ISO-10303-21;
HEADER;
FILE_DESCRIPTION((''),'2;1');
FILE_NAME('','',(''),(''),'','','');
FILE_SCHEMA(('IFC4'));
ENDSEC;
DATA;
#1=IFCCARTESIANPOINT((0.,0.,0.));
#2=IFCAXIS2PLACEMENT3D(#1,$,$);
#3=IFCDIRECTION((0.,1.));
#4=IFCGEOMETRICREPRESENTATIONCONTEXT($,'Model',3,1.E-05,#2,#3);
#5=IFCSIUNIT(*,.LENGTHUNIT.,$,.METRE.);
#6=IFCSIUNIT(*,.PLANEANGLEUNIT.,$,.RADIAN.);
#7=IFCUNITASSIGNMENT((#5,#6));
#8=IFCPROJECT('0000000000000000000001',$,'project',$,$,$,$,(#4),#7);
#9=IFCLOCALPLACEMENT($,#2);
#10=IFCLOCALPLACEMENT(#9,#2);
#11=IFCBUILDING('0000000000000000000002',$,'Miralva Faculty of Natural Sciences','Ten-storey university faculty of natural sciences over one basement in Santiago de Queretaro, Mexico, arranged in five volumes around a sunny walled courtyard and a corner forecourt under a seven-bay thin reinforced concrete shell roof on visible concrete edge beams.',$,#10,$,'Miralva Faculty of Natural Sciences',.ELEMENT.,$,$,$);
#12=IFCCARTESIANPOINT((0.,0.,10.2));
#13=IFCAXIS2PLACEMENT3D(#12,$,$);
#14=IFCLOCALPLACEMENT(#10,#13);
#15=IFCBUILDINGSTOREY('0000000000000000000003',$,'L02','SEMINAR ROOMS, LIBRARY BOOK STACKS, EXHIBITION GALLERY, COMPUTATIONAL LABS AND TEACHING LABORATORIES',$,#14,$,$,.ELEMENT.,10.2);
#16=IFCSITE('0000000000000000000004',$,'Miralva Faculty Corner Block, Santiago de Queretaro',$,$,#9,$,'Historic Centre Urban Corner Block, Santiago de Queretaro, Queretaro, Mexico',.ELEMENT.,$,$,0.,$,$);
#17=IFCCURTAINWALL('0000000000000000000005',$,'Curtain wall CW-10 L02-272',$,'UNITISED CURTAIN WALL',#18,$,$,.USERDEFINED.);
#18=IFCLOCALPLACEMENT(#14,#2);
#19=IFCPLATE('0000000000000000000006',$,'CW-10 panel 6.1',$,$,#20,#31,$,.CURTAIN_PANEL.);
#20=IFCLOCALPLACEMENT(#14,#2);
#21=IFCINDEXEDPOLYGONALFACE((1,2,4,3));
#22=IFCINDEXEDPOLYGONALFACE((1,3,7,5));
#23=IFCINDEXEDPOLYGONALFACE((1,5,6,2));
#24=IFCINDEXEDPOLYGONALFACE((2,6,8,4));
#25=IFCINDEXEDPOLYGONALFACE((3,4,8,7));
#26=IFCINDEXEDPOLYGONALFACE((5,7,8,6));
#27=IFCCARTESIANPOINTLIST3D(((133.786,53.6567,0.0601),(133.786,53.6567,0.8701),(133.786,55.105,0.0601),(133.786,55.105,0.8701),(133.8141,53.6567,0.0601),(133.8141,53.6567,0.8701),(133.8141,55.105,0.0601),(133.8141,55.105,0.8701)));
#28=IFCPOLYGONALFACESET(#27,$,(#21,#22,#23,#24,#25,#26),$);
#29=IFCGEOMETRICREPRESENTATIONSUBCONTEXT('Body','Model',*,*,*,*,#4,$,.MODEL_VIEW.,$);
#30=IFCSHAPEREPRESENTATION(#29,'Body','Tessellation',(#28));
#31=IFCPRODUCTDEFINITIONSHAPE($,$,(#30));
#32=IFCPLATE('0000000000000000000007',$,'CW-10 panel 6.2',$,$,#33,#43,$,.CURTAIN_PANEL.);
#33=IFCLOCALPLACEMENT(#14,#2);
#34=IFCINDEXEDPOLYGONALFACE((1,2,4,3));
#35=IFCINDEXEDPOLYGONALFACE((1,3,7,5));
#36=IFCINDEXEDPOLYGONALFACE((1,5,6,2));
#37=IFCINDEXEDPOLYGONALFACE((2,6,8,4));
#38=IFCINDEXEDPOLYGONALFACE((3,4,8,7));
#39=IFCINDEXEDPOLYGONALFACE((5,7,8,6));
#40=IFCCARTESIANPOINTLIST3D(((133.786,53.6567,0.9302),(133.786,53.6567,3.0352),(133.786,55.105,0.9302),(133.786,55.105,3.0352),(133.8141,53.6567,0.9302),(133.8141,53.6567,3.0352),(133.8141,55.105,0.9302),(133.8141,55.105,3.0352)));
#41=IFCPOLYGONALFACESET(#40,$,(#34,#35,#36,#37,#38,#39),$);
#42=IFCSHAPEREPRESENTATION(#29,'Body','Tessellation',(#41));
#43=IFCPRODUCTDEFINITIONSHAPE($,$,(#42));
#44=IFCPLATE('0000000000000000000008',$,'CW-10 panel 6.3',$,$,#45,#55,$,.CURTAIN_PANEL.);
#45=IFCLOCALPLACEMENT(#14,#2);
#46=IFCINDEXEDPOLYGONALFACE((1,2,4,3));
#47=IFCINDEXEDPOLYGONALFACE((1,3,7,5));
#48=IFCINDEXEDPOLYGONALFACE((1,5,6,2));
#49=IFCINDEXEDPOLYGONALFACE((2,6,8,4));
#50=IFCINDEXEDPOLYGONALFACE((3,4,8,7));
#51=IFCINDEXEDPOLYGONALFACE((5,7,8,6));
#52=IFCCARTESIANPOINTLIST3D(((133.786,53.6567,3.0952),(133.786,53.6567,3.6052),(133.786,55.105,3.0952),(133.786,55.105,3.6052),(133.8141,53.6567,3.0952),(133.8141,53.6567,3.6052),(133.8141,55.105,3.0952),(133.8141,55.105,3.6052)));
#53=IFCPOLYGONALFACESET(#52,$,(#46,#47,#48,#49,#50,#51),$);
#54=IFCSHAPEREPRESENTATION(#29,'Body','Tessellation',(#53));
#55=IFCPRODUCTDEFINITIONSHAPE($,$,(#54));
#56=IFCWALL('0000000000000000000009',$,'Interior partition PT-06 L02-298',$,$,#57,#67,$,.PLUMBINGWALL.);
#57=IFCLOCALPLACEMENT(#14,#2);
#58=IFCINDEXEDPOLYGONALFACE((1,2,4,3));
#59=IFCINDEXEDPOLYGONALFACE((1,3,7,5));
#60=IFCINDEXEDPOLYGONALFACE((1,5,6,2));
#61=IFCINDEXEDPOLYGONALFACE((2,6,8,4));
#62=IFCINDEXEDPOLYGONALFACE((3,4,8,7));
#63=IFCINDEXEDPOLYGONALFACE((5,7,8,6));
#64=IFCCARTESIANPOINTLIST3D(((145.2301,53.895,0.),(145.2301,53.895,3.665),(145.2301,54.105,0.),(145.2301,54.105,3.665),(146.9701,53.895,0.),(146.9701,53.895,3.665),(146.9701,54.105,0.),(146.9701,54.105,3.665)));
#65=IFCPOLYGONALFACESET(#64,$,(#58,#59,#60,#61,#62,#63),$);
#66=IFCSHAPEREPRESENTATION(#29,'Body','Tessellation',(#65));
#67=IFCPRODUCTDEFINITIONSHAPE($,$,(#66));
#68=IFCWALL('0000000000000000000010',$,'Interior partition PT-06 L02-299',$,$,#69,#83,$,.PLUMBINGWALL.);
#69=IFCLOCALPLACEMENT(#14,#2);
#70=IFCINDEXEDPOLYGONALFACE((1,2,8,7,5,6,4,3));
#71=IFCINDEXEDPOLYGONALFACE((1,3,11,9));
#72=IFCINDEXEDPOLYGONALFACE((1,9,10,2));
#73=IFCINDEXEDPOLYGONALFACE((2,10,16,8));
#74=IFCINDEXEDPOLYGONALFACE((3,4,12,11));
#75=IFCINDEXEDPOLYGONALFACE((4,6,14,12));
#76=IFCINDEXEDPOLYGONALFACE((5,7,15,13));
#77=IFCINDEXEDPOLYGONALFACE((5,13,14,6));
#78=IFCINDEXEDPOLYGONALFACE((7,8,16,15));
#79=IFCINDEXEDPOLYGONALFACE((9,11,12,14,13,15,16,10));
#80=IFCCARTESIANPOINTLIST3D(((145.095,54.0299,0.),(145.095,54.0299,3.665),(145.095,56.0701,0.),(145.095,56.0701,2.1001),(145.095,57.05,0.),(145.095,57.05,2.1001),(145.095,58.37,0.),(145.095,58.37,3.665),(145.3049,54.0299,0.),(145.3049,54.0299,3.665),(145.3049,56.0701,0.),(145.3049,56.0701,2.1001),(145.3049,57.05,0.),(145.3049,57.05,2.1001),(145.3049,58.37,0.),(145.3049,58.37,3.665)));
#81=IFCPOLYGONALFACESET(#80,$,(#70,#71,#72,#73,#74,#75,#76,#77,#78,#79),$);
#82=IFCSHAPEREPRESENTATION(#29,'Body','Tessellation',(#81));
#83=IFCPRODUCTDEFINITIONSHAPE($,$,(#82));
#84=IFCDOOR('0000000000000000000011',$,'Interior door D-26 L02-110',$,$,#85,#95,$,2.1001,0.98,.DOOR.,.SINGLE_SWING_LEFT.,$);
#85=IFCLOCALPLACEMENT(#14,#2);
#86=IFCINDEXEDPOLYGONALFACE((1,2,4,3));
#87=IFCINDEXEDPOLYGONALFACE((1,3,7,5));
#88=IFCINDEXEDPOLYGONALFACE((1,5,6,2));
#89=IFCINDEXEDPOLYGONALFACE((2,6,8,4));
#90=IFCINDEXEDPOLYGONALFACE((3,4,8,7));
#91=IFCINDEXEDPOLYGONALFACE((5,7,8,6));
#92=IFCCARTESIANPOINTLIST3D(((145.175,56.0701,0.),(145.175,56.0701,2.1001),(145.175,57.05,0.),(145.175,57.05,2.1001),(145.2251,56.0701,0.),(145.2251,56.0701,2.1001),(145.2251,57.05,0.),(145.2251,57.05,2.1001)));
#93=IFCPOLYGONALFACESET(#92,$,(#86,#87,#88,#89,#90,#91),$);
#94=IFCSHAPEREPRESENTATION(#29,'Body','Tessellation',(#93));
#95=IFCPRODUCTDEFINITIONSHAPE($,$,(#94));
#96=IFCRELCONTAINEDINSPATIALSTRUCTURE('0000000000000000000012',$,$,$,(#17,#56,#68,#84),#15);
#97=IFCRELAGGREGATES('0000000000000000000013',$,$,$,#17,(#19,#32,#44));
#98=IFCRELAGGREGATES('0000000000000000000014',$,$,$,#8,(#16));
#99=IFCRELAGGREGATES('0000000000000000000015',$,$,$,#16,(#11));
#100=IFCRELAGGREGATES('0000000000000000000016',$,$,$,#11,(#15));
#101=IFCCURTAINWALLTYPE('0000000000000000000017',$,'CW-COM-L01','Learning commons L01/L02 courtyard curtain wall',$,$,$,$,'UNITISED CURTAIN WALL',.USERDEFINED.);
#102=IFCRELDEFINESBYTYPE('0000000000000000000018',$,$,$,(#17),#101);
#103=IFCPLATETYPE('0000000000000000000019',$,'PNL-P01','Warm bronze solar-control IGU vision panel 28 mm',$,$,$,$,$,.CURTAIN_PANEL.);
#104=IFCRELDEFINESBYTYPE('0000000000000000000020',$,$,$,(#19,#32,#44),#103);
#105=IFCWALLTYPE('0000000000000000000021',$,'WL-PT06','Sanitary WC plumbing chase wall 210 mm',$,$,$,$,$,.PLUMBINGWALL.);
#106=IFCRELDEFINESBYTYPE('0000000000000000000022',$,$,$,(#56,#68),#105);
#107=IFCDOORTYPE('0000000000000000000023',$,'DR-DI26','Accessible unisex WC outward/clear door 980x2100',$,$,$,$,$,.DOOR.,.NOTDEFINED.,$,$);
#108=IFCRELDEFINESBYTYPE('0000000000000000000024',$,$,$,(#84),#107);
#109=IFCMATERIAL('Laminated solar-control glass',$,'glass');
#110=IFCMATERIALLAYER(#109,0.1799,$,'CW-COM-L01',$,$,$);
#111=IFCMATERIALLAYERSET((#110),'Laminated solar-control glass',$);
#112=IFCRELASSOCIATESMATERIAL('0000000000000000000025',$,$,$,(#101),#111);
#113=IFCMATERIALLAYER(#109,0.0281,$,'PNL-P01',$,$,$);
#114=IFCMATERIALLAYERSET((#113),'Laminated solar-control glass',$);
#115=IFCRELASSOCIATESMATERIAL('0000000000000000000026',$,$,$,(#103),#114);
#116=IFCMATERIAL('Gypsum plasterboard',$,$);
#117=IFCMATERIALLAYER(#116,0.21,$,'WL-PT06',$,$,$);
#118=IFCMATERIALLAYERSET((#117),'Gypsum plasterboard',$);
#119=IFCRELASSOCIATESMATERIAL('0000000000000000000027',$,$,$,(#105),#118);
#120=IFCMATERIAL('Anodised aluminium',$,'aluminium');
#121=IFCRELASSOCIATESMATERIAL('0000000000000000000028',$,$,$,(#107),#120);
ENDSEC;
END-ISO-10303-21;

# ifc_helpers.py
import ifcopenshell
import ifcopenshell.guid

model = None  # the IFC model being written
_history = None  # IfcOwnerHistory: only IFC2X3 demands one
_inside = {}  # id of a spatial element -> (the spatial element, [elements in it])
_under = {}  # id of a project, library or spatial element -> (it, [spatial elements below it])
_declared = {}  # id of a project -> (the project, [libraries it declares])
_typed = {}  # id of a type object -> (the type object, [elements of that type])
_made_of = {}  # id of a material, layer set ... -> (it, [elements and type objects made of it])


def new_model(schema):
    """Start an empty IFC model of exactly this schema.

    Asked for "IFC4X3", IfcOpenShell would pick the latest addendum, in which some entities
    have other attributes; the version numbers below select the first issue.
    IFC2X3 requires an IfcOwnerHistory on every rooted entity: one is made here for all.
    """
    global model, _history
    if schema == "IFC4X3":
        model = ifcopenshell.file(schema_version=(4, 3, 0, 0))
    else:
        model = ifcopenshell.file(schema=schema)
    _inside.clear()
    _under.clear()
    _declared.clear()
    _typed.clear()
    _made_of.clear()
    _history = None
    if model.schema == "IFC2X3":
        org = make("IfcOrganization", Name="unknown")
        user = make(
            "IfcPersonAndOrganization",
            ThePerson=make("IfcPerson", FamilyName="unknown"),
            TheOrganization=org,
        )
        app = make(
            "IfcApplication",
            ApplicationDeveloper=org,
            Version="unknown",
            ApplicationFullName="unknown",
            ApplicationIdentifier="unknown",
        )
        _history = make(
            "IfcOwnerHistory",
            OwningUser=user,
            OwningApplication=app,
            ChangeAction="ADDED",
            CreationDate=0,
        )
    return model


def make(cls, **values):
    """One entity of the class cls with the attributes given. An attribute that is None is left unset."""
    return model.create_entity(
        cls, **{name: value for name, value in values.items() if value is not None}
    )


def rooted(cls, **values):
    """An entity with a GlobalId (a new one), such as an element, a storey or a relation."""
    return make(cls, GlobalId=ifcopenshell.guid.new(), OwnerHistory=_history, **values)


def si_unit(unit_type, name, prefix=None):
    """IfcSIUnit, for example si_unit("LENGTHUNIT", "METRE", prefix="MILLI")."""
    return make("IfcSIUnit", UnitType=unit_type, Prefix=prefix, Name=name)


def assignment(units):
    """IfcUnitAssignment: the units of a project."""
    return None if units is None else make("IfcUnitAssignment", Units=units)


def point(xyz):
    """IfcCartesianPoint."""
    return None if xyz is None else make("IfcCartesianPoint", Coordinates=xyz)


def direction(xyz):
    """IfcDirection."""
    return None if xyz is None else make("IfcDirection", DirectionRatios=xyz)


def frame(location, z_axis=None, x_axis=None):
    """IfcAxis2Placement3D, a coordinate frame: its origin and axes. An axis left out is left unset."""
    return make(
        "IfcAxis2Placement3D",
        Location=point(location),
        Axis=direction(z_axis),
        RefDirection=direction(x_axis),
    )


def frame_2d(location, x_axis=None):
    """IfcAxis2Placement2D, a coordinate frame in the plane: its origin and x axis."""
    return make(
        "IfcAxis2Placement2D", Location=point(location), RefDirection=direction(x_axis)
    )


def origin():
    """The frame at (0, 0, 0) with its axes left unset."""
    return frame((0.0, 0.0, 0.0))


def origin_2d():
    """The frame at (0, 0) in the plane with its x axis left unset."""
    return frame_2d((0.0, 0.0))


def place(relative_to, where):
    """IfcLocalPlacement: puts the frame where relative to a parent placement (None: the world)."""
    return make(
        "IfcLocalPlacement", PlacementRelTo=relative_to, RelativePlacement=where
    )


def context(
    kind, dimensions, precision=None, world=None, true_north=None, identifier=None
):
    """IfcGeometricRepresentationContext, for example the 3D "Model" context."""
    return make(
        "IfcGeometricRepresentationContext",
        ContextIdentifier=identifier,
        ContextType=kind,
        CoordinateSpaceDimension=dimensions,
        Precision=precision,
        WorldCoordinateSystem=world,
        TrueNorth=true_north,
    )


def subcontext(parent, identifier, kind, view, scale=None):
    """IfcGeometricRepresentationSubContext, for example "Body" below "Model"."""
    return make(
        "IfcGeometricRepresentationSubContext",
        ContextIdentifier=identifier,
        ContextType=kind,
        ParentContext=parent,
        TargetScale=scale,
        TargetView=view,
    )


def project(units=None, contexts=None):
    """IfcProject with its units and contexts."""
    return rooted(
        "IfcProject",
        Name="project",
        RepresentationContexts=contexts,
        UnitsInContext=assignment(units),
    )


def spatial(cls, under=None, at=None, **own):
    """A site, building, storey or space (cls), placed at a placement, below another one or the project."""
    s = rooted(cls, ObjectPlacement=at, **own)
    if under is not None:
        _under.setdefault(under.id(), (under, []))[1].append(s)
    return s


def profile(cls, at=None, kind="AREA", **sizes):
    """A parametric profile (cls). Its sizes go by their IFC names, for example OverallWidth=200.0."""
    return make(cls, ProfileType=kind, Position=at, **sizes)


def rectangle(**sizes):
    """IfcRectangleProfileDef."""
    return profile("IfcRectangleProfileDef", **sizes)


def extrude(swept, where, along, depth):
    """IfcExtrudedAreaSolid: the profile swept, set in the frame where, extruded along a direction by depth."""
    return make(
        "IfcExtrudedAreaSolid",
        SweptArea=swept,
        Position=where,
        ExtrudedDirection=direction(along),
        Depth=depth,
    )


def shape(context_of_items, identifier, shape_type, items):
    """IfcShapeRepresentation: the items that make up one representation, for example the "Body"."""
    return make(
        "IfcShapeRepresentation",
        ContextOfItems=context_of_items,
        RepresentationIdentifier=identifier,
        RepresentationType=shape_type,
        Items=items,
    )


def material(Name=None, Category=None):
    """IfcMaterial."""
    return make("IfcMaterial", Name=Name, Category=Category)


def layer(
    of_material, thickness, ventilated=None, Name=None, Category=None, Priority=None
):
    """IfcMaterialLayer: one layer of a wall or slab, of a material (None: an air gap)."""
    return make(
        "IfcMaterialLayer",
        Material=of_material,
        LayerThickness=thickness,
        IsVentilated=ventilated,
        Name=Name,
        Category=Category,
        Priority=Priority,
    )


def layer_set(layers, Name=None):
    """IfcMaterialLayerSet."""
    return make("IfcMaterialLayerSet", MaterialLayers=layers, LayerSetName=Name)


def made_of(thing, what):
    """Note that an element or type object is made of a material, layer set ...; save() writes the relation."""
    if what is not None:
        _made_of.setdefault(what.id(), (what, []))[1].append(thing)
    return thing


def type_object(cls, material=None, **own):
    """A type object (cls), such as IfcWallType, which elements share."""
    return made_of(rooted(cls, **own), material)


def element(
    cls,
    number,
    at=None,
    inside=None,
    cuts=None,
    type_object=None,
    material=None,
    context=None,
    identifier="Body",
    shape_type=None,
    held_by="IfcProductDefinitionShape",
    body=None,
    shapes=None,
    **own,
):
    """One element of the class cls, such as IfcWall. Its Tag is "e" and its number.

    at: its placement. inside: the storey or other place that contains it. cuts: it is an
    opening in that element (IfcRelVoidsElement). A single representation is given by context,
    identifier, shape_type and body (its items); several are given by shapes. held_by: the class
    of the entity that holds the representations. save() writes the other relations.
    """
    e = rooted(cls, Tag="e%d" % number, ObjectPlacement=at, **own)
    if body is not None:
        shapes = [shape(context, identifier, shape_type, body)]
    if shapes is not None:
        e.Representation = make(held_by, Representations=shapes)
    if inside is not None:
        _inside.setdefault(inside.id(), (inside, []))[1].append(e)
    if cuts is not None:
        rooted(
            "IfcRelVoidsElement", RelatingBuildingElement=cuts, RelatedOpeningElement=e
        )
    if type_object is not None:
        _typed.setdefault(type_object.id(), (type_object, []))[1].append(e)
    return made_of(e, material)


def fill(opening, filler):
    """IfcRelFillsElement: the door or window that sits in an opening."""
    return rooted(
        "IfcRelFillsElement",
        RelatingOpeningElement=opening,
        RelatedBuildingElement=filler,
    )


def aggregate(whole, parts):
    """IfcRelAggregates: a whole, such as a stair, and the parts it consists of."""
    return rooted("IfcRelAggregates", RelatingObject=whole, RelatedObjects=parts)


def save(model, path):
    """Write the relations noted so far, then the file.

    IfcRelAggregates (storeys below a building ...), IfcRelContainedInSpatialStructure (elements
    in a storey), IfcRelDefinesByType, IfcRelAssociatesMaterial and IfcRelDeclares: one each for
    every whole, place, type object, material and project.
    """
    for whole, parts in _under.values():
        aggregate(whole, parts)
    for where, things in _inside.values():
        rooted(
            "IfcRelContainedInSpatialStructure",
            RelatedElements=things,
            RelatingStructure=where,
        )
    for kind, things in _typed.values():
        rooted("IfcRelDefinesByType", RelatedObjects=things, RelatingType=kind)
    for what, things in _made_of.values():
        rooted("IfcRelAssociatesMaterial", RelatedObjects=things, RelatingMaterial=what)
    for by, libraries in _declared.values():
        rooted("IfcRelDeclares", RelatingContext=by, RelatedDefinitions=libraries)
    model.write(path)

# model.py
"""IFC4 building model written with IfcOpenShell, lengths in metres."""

from ifc_helpers import new_model, si_unit, direction, frame, frame_2d, origin, origin_2d, place, context, subcontext, project, spatial, rectangle, extrude, material, layer, layer_set, type_object, element, fill, aggregate, save


model = new_model("IFC4")

# Units and contexts
model_context = context("Model", 3, precision=1e-05, world=origin(), true_north=direction((0.0, 1.0)))
body_context = subcontext(model_context, "Body", "Model", "MODEL_VIEW")
ifc_project = project(units=[si_unit("LENGTHUNIT", "METRE"), si_unit("PLANEANGLEUNIT", "RADIAN")], contexts=[model_context])

# Site, building, storey
site_placement = place(None, origin())
site = spatial("IfcSite", under=ifc_project, at=site_placement, Name="Miralva Faculty Corner Block, Santiago de Queretaro", LongName="Historic Centre Urban Corner Block, Santiago de Queretaro, Queretaro, Mexico", CompositionType="ELEMENT", RefElevation=0.0)
building_placement = place(site_placement, origin())
building = spatial("IfcBuilding", under=site, at=building_placement, Name="Miralva Faculty of Natural Sciences", Description="Ten-storey university faculty of natural sciences over one basement in Santiago de Queretaro, Mexico, arranged in five volumes around a sunny walled courtyard and a corner forecourt under a seven-bay thin reinforced concrete shell roof on visible concrete edge beams.", LongName="Miralva Faculty of Natural Sciences", CompositionType="ELEMENT")
storey_placement = place(building_placement, frame((0.0, 0.0, 10.2)))
storey = spatial("IfcBuildingStorey", under=building, at=storey_placement, Name="L02", Description="SEMINAR ROOMS, LIBRARY BOOK STACKS, EXHIBITION GALLERY, COMPUTATIONAL LABS AND TEACHING LABORATORIES", CompositionType="ELEMENT", Elevation=10.2)

# Curtain wall, plates
ifc_material_1 = material(Name="Laminated solar-control glass", Category="glass")
ifc_layer_1 = layer(ifc_material_1, 0.1799, Name="CW-COM-L01")
ifc_layer_set_1 = layer_set([ifc_layer_1], Name="Laminated solar-control glass")
curtain_wall_type = type_object("IfcCurtainWallType", Name="CW-COM-L01", Description="Learning commons L01/L02 courtyard curtain wall", ElementType="UNITISED CURTAIN WALL", PredefinedType="USERDEFINED", material=ifc_layer_set_1)
curtain_wall_placement = place(storey_placement, origin())
curtain_wall = element("IfcCurtainWall", 1, at=curtain_wall_placement, inside=storey, type_object=curtain_wall_type, Name="Curtain wall CW-10 L02-272", ObjectType="UNITISED CURTAIN WALL", PredefinedType="USERDEFINED")
ifc_material_2 = material(Name="Anodised aluminium", Category="aluminium")
ifc_layer_2 = layer(ifc_material_1, 0.0281, Name="PNL-P01")
ifc_layer_set_2 = layer_set([ifc_layer_2], Name="Laminated solar-control glass")
plate_type = type_object("IfcPlateType", Name="PNL-P01", Description="Warm bronze solar-control IGU vision panel 28 mm", PredefinedType="CURTAIN_PANEL", material=ifc_layer_set_2)
plate_1_placement = place(storey_placement, frame((133.8, 54.3809, 0.0601), z_axis=(0.0, 0.0, 1.0), x_axis=(0.0, 1.0, 0.0)))
plate_1 = element("IfcPlate", 2, at=plate_1_placement, type_object=plate_type, Name="CW-10 panel 6.1", PredefinedType="CURTAIN_PANEL", context=body_context, shape_type="SweptSolid", body=[
    extrude(rectangle(XDim=1.4482, YDim=0.0281, at=origin_2d()), origin(), (0.0, 0.0, 1.0), 0.8101),
])
plate_2_placement = place(storey_placement, frame((133.8, 54.3809, 0.9302), z_axis=(0.0, 0.0, 1.0), x_axis=(0.0, 1.0, 0.0)))
plate_2 = element("IfcPlate", 3, at=plate_2_placement, type_object=plate_type, Name="CW-10 panel 6.2", PredefinedType="CURTAIN_PANEL", context=body_context, shape_type="SweptSolid", body=[
    extrude(rectangle(XDim=1.4482, YDim=0.0281, at=origin_2d()), origin(), (0.0, 0.0, 1.0), 2.105),
])
plate_3_placement = place(storey_placement, frame((133.8, 54.3809, 3.0952), z_axis=(0.0, 0.0, 1.0), x_axis=(0.0, 1.0, 0.0)))
plate_3 = element("IfcPlate", 4, at=plate_3_placement, type_object=plate_type, Name="CW-10 panel 6.3", PredefinedType="CURTAIN_PANEL", context=body_context, shape_type="SweptSolid", body=[
    extrude(rectangle(XDim=1.4482, YDim=0.0281, at=origin_2d()), origin(), (0.0, 0.0, 1.0), 0.51),
])
aggregate(curtain_wall, [plate_1, plate_2, plate_3])

# Wall
ifc_material_3 = material(Name="Gypsum plasterboard")
ifc_layer_3 = layer(ifc_material_3, 0.21, Name="WL-PT06")
ifc_layer_set_3 = layer_set([ifc_layer_3], Name="Gypsum plasterboard")
wall_type = type_object("IfcWallType", Name="WL-PT06", Description="Sanitary WC plumbing chase wall 210 mm", PredefinedType="PLUMBINGWALL", material=ifc_layer_set_3)
wall_1_placement = place(storey_placement, frame((145.23, 54.0, 0.0), z_axis=(0.0, 0.0, 1.0), x_axis=(1.0, 0.0, 0.0)))
element("IfcWall", 5, at=wall_1_placement, inside=storey, type_object=wall_type, Name="Interior partition PT-06 L02-298", PredefinedType="PLUMBINGWALL", context=body_context, shape_type="SweptSolid", body=[
    extrude(rectangle(XDim=1.74, YDim=0.21, at=frame_2d((0.8701, 0.0))), origin(), (0.0, 0.0, 1.0), 3.665),
])

# Wall, opening, door
wall_2_placement = place(storey_placement, frame((145.2, 54.03, 0.0), z_axis=(0.0, 0.0, 1.0), x_axis=(0.0, 1.0, 0.0)))
wall_2 = element("IfcWall", 6, at=wall_2_placement, inside=storey, type_object=wall_type, Name="Interior partition PT-06 L02-299", PredefinedType="PLUMBINGWALL", context=body_context, shape_type="SweptSolid", body=[
    extrude(rectangle(XDim=4.3401, YDim=0.21, at=frame_2d((2.1699, 0.0))), origin(), (0.0, 0.0, 1.0), 3.665),
])
opening_placement = place(wall_2_placement, frame((2.04, 0.0, 0.0)))
opening = element("IfcOpeningElement", 7, at=opening_placement, cuts=wall_2, PredefinedType="OPENING", context=body_context, shape_type="SweptSolid", body=[
    extrude(rectangle(XDim=0.98, YDim=2.1001, at=frame_2d((0.49, 1.05))), frame((0.0, 0.115, 0.0), z_axis=(0.0, -1.0, 0.0), x_axis=(1.0, 0.0, 0.0)), (0.0, 0.0, 1.0), 0.23),
])
door_type = type_object("IfcDoorType", Name="DR-DI26", Description="Accessible unisex WC outward/clear door 980x2100", OperationType="NOTDEFINED", PredefinedType="DOOR", material=ifc_material_2)
door_placement = place(opening_placement, origin())
door = element("IfcDoor", 8, at=door_placement, inside=storey, type_object=door_type, Name="Interior door D-26 L02-110", OperationType="SINGLE_SWING_LEFT", OverallHeight=2.1001, OverallWidth=0.98, PredefinedType="DOOR", context=body_context, shape_type="SweptSolid", body=[
    extrude(rectangle(XDim=0.98, YDim=2.1001, at=frame_2d((0.49, 1.05))), frame((0.0, 0.0249, 0.0), z_axis=(0.0, -1.0, 0.0), x_axis=(1.0, 0.0, 0.0)), (0.0, 0.0, 1.0), 0.05),
])
fill(opening, door)

save(model, "model.ifc")
